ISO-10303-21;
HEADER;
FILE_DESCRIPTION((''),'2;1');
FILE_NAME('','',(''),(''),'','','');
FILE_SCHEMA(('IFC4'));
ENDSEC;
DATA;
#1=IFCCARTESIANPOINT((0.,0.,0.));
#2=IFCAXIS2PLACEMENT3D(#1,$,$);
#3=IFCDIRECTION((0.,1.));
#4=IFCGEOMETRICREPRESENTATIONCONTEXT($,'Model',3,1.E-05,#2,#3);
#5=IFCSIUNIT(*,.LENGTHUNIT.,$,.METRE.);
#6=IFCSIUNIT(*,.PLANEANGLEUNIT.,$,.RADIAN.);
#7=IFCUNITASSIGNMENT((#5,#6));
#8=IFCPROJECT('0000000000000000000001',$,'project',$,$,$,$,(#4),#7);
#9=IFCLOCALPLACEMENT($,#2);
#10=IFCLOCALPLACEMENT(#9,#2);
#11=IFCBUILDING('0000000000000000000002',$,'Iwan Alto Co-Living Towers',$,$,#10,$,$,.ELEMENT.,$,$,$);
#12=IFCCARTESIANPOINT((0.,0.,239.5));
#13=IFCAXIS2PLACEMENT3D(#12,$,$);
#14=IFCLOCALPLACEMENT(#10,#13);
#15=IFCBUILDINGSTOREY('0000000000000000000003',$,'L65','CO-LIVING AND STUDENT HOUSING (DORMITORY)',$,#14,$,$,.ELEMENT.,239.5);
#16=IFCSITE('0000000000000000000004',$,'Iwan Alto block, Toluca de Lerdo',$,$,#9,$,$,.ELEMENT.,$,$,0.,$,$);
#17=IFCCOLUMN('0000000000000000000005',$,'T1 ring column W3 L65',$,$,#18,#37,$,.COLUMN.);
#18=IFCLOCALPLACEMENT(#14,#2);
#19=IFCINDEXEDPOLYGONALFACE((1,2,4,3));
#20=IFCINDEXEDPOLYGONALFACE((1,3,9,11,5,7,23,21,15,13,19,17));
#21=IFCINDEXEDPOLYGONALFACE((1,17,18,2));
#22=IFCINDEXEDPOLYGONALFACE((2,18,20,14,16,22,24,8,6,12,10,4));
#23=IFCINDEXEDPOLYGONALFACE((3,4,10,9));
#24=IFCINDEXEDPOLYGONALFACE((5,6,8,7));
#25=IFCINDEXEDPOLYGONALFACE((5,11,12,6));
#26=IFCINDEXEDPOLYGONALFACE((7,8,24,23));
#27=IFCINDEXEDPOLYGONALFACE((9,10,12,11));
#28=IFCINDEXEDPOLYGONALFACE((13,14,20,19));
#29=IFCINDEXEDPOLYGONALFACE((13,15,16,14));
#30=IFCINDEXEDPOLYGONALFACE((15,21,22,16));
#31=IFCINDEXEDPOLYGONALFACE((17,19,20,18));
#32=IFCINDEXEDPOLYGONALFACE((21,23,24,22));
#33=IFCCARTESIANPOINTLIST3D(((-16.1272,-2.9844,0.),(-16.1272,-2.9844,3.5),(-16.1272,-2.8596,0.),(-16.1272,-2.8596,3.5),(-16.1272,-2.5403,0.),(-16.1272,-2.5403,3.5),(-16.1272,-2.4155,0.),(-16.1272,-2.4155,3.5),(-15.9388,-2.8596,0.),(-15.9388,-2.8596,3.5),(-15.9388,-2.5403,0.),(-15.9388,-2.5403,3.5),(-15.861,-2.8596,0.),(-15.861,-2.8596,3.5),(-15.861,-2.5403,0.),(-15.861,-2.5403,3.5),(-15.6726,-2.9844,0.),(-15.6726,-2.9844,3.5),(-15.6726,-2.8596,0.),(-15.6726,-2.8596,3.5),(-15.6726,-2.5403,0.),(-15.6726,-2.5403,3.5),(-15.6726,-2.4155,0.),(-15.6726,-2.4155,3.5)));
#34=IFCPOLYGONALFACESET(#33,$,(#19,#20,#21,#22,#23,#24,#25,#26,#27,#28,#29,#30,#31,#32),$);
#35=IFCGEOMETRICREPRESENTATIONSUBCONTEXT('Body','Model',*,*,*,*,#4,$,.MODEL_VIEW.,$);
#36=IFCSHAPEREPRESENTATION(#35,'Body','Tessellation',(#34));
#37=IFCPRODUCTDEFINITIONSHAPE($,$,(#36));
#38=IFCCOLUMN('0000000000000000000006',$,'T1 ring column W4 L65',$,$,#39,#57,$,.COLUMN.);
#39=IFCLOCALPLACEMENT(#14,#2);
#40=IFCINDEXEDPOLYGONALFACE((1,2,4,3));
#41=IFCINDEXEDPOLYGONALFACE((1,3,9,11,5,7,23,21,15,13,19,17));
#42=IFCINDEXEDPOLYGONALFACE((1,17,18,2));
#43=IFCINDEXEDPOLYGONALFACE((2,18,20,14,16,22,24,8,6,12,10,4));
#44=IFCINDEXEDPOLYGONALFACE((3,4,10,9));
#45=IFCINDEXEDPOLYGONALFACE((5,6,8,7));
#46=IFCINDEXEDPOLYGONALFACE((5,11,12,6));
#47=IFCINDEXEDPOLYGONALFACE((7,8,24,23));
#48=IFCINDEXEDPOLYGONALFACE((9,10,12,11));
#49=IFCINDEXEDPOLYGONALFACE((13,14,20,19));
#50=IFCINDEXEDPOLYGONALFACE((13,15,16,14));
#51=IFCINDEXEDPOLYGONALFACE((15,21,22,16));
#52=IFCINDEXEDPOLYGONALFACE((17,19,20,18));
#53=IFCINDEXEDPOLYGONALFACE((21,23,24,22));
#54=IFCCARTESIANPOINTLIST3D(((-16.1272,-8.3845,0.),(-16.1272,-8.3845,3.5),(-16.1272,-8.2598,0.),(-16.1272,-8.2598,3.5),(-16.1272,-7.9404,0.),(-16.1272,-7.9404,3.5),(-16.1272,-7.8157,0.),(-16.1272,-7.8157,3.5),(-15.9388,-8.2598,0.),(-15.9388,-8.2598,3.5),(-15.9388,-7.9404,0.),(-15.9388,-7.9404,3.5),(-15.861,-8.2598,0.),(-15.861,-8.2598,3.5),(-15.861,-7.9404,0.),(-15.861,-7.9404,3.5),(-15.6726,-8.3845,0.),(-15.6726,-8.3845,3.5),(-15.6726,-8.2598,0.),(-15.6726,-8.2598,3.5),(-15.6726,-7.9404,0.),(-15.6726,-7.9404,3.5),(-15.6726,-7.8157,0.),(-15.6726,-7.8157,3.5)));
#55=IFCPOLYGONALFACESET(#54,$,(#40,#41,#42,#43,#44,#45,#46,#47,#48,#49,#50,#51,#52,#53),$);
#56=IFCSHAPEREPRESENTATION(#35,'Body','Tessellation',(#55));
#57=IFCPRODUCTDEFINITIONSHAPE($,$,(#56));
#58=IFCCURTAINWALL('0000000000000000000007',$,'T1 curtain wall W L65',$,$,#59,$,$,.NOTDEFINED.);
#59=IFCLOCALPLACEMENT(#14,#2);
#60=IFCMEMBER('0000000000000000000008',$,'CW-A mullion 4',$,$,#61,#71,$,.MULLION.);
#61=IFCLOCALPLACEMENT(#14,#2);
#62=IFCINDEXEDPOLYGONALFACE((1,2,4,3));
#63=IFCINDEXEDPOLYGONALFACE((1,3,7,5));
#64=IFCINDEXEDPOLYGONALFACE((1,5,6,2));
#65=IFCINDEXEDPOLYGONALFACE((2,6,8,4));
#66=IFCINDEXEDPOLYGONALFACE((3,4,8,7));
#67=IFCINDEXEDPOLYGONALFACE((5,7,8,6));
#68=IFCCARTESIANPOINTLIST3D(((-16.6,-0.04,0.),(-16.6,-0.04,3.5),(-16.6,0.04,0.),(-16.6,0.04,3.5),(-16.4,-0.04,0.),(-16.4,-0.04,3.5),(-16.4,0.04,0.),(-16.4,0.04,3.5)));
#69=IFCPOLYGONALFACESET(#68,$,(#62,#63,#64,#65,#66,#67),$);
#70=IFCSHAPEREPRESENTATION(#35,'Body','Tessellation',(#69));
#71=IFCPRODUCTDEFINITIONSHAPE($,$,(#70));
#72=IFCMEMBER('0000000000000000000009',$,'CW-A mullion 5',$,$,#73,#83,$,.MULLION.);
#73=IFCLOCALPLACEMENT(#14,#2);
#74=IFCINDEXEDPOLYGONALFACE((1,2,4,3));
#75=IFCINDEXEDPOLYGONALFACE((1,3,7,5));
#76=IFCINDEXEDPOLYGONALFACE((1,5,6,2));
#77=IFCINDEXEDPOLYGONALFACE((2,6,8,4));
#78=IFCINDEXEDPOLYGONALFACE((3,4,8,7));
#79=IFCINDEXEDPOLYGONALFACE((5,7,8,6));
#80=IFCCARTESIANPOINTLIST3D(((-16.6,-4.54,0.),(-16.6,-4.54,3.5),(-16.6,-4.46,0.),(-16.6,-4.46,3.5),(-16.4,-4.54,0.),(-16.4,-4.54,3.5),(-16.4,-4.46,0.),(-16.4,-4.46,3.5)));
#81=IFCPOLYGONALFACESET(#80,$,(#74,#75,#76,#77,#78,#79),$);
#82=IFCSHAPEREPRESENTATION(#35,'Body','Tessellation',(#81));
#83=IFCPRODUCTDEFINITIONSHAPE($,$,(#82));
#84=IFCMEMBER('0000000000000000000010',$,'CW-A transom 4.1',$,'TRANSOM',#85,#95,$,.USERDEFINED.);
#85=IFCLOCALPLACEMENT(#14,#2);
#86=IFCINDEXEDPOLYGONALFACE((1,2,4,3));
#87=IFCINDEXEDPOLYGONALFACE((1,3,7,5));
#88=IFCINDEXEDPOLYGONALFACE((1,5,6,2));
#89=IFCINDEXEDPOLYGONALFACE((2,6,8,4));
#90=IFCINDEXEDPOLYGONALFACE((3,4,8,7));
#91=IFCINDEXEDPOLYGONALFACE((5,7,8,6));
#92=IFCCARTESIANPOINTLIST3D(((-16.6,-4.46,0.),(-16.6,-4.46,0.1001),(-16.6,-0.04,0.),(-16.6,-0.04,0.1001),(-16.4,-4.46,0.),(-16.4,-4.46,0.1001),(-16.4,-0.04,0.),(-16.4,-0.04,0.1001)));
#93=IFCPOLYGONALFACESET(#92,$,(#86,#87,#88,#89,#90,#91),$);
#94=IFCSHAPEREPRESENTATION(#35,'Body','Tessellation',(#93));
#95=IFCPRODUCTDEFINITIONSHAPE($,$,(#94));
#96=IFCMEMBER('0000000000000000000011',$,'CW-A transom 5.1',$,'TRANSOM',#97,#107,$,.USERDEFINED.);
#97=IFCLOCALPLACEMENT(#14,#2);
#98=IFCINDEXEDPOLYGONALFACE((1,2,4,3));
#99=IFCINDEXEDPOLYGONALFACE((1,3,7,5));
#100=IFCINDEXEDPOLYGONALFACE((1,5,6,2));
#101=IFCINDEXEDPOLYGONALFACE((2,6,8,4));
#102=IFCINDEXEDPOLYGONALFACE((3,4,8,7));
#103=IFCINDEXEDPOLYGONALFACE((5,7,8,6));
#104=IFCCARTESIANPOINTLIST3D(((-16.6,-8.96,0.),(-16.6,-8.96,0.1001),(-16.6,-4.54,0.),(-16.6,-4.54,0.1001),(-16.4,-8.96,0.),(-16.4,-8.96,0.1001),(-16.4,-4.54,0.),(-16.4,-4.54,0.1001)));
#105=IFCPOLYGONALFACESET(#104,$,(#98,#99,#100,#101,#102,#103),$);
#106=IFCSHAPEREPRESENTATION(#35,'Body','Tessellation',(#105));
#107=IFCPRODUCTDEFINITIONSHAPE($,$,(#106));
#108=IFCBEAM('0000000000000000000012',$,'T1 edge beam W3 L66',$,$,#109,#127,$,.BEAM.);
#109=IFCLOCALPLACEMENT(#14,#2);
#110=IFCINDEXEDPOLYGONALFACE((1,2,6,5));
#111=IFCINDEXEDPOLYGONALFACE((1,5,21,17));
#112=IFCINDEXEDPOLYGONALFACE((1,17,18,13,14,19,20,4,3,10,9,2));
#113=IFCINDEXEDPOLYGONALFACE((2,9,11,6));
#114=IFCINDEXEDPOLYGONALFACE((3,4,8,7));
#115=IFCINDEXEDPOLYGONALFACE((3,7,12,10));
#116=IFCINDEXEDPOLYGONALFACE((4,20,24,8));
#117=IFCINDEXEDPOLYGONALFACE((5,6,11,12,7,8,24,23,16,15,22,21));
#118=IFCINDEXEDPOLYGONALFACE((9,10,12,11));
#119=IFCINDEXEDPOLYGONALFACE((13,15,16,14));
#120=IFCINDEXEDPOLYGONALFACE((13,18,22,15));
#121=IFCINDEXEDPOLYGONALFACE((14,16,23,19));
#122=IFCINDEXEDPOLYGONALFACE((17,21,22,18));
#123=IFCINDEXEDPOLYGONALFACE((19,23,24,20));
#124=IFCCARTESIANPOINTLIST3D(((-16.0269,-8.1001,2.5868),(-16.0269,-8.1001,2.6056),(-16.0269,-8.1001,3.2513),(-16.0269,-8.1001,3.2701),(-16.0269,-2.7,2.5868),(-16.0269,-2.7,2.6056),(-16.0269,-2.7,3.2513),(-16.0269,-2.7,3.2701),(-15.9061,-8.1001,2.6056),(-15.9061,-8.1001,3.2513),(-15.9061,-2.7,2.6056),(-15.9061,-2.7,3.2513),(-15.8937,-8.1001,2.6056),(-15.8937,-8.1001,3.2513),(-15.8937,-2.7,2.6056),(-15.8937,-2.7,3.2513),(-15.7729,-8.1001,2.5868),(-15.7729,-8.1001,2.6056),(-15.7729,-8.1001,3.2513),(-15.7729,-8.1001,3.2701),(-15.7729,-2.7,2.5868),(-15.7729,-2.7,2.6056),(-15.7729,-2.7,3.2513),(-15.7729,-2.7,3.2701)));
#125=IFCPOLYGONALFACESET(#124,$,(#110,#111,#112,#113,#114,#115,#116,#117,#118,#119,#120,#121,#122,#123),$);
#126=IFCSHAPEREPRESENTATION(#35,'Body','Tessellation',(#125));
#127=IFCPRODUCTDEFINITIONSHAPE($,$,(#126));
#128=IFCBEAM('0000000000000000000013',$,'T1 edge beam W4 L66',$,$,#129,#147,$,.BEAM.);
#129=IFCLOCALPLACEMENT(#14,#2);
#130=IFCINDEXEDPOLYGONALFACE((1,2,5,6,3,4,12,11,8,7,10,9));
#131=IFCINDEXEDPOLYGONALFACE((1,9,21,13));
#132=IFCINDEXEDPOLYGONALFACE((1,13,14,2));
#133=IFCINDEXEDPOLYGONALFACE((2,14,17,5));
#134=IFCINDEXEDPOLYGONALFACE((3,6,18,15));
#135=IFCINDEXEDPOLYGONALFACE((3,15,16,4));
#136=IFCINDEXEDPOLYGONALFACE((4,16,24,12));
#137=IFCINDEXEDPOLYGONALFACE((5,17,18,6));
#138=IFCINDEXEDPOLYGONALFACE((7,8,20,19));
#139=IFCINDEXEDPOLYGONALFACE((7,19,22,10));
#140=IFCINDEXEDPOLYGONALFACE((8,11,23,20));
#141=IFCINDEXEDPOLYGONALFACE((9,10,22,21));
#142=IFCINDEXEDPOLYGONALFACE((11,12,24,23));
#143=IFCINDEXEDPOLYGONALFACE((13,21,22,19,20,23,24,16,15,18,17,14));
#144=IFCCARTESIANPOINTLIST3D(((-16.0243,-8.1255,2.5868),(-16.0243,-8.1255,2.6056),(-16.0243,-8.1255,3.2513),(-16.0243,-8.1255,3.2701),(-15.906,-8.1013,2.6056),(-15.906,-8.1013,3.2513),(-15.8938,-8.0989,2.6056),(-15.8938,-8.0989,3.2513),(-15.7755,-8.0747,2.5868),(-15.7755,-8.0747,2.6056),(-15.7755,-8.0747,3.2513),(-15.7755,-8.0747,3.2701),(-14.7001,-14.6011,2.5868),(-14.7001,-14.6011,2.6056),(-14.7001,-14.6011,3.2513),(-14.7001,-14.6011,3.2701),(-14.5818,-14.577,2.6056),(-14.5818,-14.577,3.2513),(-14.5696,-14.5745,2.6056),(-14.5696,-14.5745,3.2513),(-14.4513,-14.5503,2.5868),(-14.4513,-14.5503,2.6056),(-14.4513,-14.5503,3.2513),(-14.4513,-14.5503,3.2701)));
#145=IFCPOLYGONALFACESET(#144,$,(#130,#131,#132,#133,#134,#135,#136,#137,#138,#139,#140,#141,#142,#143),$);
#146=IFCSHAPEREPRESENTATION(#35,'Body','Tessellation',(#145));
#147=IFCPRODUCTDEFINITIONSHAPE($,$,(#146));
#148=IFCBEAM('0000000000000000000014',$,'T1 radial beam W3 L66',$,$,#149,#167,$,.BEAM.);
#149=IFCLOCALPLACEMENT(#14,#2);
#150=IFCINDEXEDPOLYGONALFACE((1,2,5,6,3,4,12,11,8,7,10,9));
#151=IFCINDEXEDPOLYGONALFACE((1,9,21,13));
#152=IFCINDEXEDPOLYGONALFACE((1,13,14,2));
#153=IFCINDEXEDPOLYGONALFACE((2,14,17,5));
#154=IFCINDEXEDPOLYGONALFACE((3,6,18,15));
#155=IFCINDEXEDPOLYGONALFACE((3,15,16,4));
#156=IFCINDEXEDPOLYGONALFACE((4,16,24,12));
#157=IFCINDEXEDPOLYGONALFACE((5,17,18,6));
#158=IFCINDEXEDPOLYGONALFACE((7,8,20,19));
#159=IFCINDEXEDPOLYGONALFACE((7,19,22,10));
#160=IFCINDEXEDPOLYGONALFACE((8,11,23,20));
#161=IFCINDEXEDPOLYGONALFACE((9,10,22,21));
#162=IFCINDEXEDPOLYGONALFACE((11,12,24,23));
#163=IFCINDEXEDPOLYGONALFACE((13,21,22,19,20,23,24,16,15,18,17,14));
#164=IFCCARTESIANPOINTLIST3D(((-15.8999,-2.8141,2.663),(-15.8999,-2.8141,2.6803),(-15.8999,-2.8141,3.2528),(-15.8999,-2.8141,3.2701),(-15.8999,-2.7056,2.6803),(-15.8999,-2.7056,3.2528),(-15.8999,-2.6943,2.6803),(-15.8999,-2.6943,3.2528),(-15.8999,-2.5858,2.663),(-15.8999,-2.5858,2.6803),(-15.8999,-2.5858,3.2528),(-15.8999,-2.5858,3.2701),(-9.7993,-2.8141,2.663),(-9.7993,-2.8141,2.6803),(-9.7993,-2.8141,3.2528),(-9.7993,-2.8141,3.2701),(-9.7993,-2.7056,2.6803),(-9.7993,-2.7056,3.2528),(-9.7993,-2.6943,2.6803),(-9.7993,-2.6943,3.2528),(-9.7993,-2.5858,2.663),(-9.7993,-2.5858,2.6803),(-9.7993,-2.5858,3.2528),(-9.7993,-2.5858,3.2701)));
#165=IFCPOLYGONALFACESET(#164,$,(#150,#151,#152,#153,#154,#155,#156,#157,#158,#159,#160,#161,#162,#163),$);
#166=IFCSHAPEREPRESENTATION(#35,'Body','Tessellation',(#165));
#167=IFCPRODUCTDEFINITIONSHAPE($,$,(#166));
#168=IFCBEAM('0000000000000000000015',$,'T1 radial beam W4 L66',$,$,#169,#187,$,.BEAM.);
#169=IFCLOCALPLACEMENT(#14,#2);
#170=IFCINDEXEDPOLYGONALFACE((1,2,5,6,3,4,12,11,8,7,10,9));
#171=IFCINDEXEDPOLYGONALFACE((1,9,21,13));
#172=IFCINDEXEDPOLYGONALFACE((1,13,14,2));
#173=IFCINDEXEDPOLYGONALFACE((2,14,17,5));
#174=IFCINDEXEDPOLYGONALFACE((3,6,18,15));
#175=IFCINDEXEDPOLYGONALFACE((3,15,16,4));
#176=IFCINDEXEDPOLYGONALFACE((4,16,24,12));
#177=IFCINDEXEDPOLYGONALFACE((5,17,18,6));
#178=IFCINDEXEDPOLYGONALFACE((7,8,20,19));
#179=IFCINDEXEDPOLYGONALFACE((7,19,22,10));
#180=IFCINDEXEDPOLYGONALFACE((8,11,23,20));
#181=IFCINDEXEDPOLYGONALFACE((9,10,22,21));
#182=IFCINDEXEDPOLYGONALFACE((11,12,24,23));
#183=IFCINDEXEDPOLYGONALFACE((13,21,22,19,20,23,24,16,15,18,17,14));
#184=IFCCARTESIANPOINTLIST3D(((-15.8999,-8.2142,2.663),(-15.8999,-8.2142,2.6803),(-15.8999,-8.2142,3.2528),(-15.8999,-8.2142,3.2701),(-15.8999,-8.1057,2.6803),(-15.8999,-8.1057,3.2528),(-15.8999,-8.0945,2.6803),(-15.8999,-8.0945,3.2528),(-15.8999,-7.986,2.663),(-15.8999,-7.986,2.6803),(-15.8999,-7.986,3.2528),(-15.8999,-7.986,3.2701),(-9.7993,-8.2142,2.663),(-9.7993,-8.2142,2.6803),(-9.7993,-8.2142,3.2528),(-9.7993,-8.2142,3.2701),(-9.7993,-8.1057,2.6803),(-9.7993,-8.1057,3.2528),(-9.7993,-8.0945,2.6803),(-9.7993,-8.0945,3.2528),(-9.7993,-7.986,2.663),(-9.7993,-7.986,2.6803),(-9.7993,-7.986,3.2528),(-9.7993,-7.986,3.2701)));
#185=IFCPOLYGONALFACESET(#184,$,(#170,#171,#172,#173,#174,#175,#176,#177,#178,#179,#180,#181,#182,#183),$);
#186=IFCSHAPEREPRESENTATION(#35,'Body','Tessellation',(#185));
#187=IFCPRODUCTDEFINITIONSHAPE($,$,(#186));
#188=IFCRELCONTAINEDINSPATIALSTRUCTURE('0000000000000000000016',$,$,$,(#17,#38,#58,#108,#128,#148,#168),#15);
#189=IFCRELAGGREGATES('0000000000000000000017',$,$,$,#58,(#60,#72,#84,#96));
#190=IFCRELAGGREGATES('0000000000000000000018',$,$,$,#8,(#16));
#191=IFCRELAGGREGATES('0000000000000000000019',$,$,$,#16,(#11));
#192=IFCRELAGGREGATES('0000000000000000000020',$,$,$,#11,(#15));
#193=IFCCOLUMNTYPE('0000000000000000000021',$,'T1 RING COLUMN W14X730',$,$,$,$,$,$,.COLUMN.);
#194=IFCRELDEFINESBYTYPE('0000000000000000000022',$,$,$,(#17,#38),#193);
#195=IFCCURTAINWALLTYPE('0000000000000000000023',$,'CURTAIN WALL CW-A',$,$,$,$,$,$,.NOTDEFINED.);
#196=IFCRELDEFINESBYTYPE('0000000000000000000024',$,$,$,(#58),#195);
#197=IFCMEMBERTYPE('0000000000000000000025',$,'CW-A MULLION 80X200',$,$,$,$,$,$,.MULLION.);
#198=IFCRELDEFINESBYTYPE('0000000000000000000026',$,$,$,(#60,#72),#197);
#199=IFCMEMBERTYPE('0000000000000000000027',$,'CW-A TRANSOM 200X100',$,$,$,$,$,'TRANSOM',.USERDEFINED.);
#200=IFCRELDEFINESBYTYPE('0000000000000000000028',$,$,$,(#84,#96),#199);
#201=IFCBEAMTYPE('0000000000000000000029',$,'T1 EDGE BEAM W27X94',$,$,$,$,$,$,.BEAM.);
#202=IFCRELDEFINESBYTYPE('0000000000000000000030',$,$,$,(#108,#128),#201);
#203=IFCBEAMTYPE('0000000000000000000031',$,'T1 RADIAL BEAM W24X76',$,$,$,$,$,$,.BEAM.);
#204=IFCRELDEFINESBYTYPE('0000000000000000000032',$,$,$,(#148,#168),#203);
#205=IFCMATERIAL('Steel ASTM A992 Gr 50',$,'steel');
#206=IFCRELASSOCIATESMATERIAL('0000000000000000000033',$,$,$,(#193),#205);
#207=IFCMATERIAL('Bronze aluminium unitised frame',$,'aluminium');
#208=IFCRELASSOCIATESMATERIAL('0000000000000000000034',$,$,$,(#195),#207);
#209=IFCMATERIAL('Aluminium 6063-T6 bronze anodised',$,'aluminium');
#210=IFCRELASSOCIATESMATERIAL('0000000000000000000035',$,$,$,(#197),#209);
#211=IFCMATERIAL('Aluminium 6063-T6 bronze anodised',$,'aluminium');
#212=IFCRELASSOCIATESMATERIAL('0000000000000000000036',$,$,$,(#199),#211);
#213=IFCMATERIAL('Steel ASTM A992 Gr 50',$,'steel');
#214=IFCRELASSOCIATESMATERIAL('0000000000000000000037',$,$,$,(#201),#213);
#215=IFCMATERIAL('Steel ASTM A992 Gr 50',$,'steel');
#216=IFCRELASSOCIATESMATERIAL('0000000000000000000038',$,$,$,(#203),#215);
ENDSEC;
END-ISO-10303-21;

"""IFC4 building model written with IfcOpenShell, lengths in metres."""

from ifc_helpers import new_model, si_unit, direction, frame, origin, origin_2d, place, context, subcontext, project, spatial, rectangle, i_section, extrude, material, material_profile, profile_set, type_object, element, aggregate, save


model = new_model("IFC4")

# Units and contexts
model_context = context("Model", 3, precision=1e-05, world=origin(), true_north=direction((0.0, 1.0)))
body_context = subcontext(model_context, "Body", "Model", "MODEL_VIEW")
ifc_project = project(units=[si_unit("LENGTHUNIT", "METRE"), si_unit("PLANEANGLEUNIT", "RADIAN")], contexts=[model_context])

# Site, building, storey
site_placement = place(None, origin())
site = spatial("IfcSite", under=ifc_project, at=site_placement, Name="Iwan Alto block, Toluca de Lerdo", CompositionType="ELEMENT", RefElevation=0.0)
building_placement = place(site_placement, origin())
building = spatial("IfcBuilding", under=site, at=building_placement, Name="Iwan Alto Co-Living Towers", CompositionType="ELEMENT")
storey_placement = place(building_placement, frame((0.0, 0.0, 239.5)))
storey = spatial("IfcBuildingStorey", under=building, at=storey_placement, Name="L65", Description="CO-LIVING AND STUDENT HOUSING (DORMITORY)", CompositionType="ELEMENT", Elevation=239.5)

# Columns
ifc_material_1 = material(Name="Steel ASTM A992 Gr 50", Category="steel")
ifc_material_profile_1 = material_profile(ifc_material_1, i_section(OverallWidth=0.4546, OverallDepth=0.5688, WebThickness=0.0779, FlangeThickness=0.1248, at=origin_2d()), Name="W14X730")
ifc_profile_set_1 = profile_set([ifc_material_profile_1], Name="Steel ASTM A992 Gr 50")
column_type = type_object("IfcColumnType", Name="T1 RING COLUMN W14X730", PredefinedType="COLUMN", material=ifc_profile_set_1)
for number, where, z_axis, x_axis, name in (
    (1, (-15.8999, -2.7, 0.0), (0.0, 0.0, 1.0), (1.0, 0.0, 0.0), "T1 ring column W3 L65"),
    (2, (-15.8999, -8.1001, 0.0), (0.0, 0.0, 1.0), (1.0, 0.0, 0.0), "T1 ring column W4 L65"),
):
    element("IfcColumn", number, at=place(storey_placement, frame(where, z_axis=z_axis, x_axis=x_axis)), inside=storey, type_object=column_type, Name=name, PredefinedType="COLUMN", context=body_context, shape_type="SweptSolid", body=[
        extrude(i_section(OverallWidth=0.4546, OverallDepth=0.5688, WebThickness=0.0779, FlangeThickness=0.1248, at=origin_2d()), origin(), (0.0, 0.0, 1.0), 3.5),
    ])

# Curtain wall, members
ifc_material_2 = material(Name="Bronze aluminium unitised frame", Category="aluminium")
curtain_wall_type = type_object("IfcCurtainWallType", Name="CURTAIN WALL CW-A", PredefinedType="NOTDEFINED", material=ifc_material_2)
curtain_wall_placement = place(storey_placement, origin())
curtain_wall = element("IfcCurtainWall", 3, at=curtain_wall_placement, inside=storey, type_object=curtain_wall_type, Name="T1 curtain wall W L65", PredefinedType="NOTDEFINED")
ifc_material_3 = material(Name="Aluminium 6063-T6 bronze anodised", Category="aluminium")
ifc_material_profile_2 = material_profile(ifc_material_3, rectangle(XDim=0.2, YDim=0.0801, at=origin_2d()), Name="AL 80X200")
ifc_profile_set_2 = profile_set([ifc_material_profile_2], Name="Aluminium 6063-T6 bronze anodised")
member_type_1 = type_object("IfcMemberType", Name="CW-A MULLION 80X200", PredefinedType="MULLION", material=ifc_profile_set_2)
member_1_placement = place(storey_placement, frame((-16.5, 0.0, 0.0), z_axis=(0.0, 0.0, 1.0), x_axis=(1.0, 0.0, 0.0)))
member_1 = element("IfcMember", 4, at=member_1_placement, type_object=member_type_1, Name="CW-A mullion 4", PredefinedType="MULLION", context=body_context, shape_type="SweptSolid", body=[
    extrude(rectangle(XDim=0.2, YDim=0.0801, at=origin_2d()), origin(), (0.0, 0.0, 1.0), 3.5),
])
member_2_placement = place(storey_placement, frame((-16.5, -4.5, 0.0), z_axis=(0.0, 0.0, 1.0), x_axis=(1.0, 0.0, 0.0)))
member_2 = element("IfcMember", 5, at=member_2_placement, type_object=member_type_1, Name="CW-A mullion 5", PredefinedType="MULLION", context=body_context, shape_type="SweptSolid", body=[
    extrude(rectangle(XDim=0.2, YDim=0.0801, at=origin_2d()), origin(), (0.0, 0.0, 1.0), 3.5),
])
ifc_material_4 = material(Name="Aluminium 6063-T6 bronze anodised", Category="aluminium")
ifc_material_profile_3 = material_profile(ifc_material_4, rectangle(XDim=0.2, YDim=0.1001, at=origin_2d()), Name="AL 200X100")
ifc_profile_set_3 = profile_set([ifc_material_profile_3], Name="Aluminium 6063-T6 bronze anodised")
member_type_2 = type_object("IfcMemberType", Name="CW-A TRANSOM 200X100", ElementType="TRANSOM", PredefinedType="USERDEFINED", material=ifc_profile_set_3)
member_3_placement = place(storey_placement, frame((-16.5, -0.04, 0.05), z_axis=(0.0, -1.0, 0.0), x_axis=(1.0, 0.0, 0.0)))
member_3 = element("IfcMember", 6, at=member_3_placement, type_object=member_type_2, Name="CW-A transom 4.1", ObjectType="TRANSOM", PredefinedType="USERDEFINED", context=body_context, shape_type="SweptSolid", body=[
    extrude(rectangle(XDim=0.2, YDim=0.1001, at=origin_2d()), origin(), (0.0, 0.0, 1.0), 4.4199),
])
member_4_placement = place(storey_placement, frame((-16.5, -4.54, 0.05), z_axis=(0.0, -1.0, 0.0), x_axis=(1.0, 0.0, 0.0)))
member_4 = element("IfcMember", 7, at=member_4_placement, type_object=member_type_2, Name="CW-A transom 5.1", ObjectType="TRANSOM", PredefinedType="USERDEFINED", context=body_context, shape_type="SweptSolid", body=[
    extrude(rectangle(XDim=0.2, YDim=0.1001, at=origin_2d()), origin(), (0.0, 0.0, 1.0), 4.4199),
])

# Beams
ifc_material_5 = material(Name="Steel ASTM A992 Gr 50", Category="steel")
ifc_material_profile_4 = material_profile(ifc_material_5, i_section(OverallWidth=0.2539, OverallDepth=0.6833, WebThickness=0.0125, FlangeThickness=0.0188, at=origin_2d()), Name="W27X94")
ifc_profile_set_4 = profile_set([ifc_material_profile_4], Name="Steel ASTM A992 Gr 50")
beam_type_1 = type_object("IfcBeamType", Name="T1 EDGE BEAM W27X94", PredefinedType="BEAM", material=ifc_profile_set_4)
beam_1_placement = place(storey_placement, frame((-15.8999, -2.7, 2.9285), z_axis=(0.0, -1.0, 0.0), x_axis=(1.0, 0.0, 0.0)))
element("IfcBeam", 8, at=beam_1_placement, inside=storey, type_object=beam_type_1, Name="T1 edge beam W3 L66", PredefinedType="BEAM", context=body_context, shape_type="SweptSolid", body=[
    extrude(i_section(OverallWidth=0.2539, OverallDepth=0.6833, WebThickness=0.0125, FlangeThickness=0.0188, at=origin_2d()), origin(), (0.0, 0.0, 1.0), 5.4001),
])
beam_2_placement = place(storey_placement, frame((-15.8999, -8.1001, 2.9285), z_axis=(0.200348, -0.979725, 0.0), x_axis=(0.979725, 0.200348, 0.0)))
element("IfcBeam", 9, at=beam_2_placement, inside=storey, type_object=beam_type_1, Name="T1 edge beam W4 L66", PredefinedType="BEAM", context=body_context, shape_type="SweptSolid", body=[
    extrude(i_section(OverallWidth=0.2539, OverallDepth=0.6833, WebThickness=0.0125, FlangeThickness=0.0188, at=origin_2d()), origin(), (0.0, 0.0, 1.0), 6.6096),
])
ifc_material_6 = material(Name="Steel ASTM A992 Gr 50", Category="steel")
ifc_material_profile_5 = material_profile(ifc_material_6, i_section(OverallWidth=0.2283, OverallDepth=0.6072, WebThickness=0.0112, FlangeThickness=0.0173, at=origin_2d()), Name="W24X76")
ifc_profile_set_5 = profile_set([ifc_material_profile_5], Name="Steel ASTM A992 Gr 50")
beam_type_2 = type_object("IfcBeamType", Name="T1 RADIAL BEAM W24X76", PredefinedType="BEAM", material=ifc_profile_set_5)
for number, where, z_axis, x_axis, name in (
    (10, (-15.8999, -2.7, 2.9666), (1.0, 0.0, 0.0), (0.0, 1.0, 0.0), "T1 radial beam W3 L66"),
    (11, (-15.8999, -8.1001, 2.9666), (1.0, 0.0, 0.0), (0.0, 1.0, 0.0), "T1 radial beam W4 L66"),
):
    element("IfcBeam", number, at=place(storey_placement, frame(where, z_axis=z_axis, x_axis=x_axis)), inside=storey, type_object=beam_type_2, Name=name, PredefinedType="BEAM", context=body_context, shape_type="SweptSolid", body=[
        extrude(i_section(OverallWidth=0.2283, OverallDepth=0.6072, WebThickness=0.0112, FlangeThickness=0.0173, at=origin_2d()), origin(), (0.0, 0.0, 1.0), 6.1006),
    ])

aggregate(curtain_wall, [member_1, member_2, member_3, member_4])

save(model, "model.ifc")
